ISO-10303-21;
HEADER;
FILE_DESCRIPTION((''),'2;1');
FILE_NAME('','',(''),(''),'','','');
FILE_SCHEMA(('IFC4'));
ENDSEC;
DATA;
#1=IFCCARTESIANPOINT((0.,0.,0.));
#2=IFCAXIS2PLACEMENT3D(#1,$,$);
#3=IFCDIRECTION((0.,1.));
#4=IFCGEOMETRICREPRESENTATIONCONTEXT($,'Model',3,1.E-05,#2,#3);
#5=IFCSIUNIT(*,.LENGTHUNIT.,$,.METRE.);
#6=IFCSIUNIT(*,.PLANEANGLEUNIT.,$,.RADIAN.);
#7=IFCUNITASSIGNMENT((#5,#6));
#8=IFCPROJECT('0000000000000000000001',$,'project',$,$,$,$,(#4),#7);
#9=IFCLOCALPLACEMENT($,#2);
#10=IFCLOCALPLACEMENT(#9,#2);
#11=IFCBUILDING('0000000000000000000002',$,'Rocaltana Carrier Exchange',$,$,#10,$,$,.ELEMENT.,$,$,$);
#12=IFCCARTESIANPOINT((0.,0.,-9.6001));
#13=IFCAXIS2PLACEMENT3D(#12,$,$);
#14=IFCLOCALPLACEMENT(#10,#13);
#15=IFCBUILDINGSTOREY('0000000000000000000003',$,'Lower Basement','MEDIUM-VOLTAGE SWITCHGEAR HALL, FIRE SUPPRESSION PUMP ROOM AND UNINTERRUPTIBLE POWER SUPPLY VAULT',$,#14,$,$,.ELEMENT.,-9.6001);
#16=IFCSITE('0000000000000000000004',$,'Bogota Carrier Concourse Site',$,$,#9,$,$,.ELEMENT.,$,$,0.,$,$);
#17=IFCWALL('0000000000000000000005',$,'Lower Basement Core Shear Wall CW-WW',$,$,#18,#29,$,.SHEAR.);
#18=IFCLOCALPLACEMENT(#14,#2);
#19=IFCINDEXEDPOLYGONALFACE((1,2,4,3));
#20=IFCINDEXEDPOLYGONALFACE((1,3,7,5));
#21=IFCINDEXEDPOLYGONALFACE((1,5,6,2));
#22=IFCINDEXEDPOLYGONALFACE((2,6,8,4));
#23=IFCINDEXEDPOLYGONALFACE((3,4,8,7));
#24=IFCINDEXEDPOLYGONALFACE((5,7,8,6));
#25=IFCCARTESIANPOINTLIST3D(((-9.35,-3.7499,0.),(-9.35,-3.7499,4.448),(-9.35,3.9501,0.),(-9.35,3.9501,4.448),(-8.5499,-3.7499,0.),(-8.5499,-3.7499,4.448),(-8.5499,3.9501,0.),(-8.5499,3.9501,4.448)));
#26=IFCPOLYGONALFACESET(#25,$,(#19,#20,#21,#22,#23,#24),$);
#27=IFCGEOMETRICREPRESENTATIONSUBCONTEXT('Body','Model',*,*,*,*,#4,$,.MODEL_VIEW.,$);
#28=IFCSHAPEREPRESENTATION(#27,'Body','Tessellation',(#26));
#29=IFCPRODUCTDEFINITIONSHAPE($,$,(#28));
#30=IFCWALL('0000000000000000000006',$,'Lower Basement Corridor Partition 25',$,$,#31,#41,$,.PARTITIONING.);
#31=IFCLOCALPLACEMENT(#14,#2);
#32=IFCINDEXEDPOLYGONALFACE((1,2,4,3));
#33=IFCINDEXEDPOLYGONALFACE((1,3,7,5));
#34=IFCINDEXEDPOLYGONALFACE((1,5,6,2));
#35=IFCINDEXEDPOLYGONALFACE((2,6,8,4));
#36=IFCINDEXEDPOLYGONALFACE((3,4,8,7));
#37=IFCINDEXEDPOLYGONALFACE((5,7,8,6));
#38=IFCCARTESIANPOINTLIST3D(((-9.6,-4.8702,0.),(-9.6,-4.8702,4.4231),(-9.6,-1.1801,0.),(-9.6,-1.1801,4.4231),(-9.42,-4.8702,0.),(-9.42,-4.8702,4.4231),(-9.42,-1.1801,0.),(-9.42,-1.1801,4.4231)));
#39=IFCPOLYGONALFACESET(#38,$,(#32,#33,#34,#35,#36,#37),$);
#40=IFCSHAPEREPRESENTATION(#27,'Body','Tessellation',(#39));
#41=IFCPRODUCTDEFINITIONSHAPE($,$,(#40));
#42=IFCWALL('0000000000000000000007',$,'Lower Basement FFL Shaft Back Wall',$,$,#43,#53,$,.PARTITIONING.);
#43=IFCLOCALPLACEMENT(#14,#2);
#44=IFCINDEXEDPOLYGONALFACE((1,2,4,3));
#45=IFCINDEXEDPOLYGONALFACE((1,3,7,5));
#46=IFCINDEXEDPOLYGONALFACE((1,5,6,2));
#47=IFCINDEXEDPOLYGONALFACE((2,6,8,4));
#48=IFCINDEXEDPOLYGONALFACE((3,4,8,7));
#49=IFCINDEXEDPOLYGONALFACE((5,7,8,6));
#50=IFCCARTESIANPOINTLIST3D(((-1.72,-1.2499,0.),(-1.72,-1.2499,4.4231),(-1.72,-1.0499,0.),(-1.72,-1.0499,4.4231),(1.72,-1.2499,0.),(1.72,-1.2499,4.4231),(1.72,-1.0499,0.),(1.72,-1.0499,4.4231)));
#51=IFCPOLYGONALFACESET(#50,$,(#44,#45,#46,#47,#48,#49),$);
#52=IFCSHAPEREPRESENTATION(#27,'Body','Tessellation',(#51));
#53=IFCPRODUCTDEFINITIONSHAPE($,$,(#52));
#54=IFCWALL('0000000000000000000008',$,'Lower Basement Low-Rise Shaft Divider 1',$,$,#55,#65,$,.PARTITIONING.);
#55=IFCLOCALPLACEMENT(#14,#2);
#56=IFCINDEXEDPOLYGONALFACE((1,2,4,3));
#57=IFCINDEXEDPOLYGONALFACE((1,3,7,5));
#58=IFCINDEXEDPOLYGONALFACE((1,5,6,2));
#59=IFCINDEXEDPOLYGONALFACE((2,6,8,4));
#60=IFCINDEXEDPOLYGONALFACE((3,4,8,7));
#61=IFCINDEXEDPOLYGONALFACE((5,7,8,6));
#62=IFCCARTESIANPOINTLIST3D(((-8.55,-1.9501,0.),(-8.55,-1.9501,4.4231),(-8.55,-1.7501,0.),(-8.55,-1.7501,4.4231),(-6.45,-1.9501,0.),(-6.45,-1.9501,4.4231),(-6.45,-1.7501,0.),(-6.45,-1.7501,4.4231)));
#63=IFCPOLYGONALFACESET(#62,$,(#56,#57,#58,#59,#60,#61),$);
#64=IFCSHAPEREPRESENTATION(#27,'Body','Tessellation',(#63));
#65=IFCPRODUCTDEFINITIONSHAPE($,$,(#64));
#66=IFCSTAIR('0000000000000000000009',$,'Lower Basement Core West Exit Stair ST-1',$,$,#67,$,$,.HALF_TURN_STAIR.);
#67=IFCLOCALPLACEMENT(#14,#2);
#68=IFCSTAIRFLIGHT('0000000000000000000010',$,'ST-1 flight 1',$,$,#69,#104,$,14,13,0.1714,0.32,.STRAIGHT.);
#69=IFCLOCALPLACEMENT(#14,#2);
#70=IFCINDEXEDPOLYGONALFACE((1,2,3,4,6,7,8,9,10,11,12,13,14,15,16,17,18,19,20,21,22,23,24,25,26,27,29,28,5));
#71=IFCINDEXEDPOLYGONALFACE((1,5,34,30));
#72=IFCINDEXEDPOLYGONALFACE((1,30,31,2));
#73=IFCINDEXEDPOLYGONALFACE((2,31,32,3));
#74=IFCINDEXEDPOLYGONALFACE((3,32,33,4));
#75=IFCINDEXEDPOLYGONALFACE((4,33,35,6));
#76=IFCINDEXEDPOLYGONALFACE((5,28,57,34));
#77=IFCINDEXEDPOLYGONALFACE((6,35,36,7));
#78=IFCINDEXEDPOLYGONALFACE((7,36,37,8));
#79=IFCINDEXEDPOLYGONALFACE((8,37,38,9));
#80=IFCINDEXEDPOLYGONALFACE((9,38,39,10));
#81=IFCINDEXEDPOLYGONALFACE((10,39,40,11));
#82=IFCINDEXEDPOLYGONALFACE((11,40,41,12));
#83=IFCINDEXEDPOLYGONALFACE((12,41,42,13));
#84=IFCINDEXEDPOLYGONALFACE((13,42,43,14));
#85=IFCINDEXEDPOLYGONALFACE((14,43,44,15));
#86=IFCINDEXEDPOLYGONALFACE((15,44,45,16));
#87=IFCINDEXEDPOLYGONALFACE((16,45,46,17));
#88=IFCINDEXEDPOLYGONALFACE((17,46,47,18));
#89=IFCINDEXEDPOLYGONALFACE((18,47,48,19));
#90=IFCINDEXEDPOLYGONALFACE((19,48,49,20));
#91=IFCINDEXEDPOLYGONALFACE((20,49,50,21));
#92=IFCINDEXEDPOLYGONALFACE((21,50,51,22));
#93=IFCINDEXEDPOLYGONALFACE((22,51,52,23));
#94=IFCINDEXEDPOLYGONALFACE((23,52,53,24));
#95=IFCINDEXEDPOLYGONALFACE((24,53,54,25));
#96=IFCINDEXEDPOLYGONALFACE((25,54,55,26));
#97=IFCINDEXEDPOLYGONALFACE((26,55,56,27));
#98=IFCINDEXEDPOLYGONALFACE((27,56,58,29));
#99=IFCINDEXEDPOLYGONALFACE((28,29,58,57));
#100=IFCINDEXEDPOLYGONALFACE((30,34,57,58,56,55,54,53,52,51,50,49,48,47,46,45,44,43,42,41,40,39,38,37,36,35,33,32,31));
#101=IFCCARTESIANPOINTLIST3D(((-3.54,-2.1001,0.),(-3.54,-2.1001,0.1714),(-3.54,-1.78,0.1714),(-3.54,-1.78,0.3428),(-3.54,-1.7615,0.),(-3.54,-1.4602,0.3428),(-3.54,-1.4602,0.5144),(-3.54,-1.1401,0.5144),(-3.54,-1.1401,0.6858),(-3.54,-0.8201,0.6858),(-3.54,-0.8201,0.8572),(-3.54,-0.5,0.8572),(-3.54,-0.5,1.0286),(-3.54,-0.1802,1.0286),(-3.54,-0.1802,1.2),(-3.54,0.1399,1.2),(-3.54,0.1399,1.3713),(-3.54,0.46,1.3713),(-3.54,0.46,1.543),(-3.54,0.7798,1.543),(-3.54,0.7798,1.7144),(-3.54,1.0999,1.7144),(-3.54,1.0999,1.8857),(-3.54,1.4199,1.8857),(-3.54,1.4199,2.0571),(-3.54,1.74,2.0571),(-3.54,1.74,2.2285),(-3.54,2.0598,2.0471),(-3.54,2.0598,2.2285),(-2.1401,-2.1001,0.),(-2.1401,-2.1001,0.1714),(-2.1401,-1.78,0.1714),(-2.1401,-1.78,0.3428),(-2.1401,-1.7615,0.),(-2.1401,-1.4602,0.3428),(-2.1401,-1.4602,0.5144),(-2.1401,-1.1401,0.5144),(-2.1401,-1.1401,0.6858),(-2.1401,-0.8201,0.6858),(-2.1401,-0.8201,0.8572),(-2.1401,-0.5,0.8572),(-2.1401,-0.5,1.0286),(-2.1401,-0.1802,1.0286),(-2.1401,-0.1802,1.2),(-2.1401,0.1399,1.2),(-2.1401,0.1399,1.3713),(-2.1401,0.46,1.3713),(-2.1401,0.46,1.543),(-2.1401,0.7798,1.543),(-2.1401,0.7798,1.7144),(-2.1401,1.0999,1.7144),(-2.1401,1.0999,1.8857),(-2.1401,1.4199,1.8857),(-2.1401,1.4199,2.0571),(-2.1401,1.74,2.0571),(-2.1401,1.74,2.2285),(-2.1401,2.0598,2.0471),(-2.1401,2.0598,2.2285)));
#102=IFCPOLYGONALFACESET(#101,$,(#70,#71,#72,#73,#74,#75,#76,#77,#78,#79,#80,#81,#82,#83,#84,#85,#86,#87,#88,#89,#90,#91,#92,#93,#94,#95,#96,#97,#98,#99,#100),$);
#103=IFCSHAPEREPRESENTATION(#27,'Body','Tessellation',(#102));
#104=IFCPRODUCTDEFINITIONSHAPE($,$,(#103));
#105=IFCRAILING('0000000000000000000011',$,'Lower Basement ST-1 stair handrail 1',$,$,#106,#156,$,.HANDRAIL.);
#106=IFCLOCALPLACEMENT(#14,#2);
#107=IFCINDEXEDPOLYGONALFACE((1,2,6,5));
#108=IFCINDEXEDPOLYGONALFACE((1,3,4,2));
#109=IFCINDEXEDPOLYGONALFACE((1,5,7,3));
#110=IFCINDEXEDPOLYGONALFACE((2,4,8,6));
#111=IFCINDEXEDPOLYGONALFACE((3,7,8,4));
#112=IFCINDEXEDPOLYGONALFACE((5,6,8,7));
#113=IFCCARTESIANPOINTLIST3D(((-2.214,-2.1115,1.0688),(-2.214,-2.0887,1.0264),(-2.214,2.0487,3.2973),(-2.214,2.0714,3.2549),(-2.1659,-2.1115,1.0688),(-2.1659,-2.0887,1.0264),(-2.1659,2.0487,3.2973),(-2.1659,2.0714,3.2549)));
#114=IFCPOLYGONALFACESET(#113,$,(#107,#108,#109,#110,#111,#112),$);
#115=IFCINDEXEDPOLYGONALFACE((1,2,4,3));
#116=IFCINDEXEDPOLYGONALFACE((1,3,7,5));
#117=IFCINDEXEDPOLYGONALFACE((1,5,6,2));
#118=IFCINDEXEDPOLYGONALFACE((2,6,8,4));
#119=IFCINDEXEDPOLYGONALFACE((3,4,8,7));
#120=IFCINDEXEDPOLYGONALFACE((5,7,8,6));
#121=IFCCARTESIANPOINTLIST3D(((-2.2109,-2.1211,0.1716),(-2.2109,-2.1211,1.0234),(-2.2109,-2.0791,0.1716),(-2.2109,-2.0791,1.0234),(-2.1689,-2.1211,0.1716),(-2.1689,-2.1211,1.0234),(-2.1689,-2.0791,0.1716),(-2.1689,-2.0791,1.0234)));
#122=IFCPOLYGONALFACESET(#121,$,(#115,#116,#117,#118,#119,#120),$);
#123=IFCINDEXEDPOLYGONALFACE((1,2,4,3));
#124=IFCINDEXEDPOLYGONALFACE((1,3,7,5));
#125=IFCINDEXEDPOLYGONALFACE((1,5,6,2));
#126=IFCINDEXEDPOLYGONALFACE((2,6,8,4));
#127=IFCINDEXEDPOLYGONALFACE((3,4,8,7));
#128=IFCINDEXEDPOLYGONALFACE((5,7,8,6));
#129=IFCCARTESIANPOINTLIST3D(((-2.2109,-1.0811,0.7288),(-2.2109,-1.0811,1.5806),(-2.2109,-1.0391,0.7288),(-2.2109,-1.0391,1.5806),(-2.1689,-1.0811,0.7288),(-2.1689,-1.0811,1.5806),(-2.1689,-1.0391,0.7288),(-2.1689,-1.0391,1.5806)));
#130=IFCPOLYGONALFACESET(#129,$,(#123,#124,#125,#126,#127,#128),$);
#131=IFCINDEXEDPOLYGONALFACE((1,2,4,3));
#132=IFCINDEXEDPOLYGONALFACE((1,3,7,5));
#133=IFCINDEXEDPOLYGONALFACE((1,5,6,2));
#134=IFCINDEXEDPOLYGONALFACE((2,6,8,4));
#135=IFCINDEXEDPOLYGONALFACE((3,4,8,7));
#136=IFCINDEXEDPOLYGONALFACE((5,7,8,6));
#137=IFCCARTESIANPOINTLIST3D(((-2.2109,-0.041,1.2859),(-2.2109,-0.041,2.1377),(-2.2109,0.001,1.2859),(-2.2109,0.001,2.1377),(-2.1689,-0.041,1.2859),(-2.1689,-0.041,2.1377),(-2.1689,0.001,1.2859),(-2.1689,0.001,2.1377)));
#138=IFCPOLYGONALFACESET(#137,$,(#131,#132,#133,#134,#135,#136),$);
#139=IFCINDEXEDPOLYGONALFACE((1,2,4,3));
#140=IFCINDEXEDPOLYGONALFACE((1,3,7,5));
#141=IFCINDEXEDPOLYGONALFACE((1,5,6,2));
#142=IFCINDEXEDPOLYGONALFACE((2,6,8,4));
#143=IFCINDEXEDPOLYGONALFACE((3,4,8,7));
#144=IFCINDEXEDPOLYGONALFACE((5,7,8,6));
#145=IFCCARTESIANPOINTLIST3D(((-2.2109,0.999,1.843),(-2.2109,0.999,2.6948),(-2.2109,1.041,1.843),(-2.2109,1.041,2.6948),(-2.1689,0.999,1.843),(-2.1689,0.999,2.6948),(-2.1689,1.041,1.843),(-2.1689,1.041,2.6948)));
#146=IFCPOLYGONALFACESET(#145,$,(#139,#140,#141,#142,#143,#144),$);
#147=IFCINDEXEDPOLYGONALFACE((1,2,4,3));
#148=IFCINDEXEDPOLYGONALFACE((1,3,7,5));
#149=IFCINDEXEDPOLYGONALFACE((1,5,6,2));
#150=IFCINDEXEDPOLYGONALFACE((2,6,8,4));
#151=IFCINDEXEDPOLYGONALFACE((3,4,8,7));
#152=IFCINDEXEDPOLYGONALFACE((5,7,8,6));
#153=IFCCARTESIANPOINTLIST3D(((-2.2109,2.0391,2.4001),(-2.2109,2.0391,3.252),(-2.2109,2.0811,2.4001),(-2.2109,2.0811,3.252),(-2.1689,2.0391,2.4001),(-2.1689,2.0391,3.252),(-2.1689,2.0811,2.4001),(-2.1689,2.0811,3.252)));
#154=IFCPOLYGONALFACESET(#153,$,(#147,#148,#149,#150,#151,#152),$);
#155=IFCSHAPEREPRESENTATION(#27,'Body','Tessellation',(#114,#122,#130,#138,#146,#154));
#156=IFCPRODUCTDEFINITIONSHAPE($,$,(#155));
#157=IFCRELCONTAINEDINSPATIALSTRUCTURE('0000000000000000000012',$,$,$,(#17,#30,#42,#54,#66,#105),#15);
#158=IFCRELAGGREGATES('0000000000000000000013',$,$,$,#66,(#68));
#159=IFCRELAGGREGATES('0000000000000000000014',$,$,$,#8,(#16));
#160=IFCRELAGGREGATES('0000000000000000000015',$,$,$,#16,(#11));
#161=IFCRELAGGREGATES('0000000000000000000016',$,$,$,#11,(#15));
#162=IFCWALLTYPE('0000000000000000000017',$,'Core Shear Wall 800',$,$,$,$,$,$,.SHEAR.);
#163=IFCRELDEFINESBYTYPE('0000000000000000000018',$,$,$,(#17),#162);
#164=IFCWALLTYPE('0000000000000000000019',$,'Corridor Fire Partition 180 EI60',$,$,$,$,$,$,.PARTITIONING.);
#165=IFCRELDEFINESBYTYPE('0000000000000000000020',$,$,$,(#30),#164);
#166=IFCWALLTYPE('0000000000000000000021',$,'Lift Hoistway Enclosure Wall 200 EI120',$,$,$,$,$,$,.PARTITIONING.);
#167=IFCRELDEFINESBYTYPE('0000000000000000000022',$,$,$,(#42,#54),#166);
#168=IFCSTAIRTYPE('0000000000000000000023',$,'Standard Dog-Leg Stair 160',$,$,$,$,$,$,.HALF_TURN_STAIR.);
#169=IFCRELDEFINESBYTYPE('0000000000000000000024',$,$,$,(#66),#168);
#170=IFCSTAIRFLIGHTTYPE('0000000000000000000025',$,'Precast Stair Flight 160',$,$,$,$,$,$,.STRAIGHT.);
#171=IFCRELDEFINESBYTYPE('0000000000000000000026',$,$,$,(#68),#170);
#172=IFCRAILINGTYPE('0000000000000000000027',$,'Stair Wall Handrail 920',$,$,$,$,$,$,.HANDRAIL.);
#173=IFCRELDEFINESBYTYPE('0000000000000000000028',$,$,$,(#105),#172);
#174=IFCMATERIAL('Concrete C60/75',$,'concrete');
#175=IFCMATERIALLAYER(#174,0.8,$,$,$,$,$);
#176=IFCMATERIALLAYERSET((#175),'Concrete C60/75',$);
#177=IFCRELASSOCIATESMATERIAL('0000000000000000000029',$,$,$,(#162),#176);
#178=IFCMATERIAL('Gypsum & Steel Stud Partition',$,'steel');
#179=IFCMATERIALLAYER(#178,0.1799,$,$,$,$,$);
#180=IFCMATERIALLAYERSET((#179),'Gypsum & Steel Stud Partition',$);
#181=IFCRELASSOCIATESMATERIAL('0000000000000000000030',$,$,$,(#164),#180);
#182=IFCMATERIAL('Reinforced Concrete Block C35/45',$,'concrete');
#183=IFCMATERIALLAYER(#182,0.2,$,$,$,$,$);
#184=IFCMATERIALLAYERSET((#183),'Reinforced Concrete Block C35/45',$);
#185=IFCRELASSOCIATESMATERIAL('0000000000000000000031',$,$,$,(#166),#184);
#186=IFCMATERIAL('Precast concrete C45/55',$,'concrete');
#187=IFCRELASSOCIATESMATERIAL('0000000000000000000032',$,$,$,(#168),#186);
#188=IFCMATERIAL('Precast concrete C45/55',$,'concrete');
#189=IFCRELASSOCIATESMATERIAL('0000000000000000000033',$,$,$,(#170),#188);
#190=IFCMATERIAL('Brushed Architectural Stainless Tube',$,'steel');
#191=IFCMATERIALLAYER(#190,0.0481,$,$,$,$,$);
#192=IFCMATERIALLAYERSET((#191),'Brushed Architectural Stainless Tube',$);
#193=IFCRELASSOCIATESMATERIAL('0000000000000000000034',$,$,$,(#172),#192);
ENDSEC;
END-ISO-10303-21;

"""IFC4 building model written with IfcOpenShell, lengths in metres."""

from ifc_helpers import new_model, si_unit, direction, frame, frame_2d, origin, origin_2d, place, context, subcontext, project, spatial, polyline, rectangle, outline, extrude, material, layer, layer_set, type_object, element, aggregate, save


model = new_model("IFC4")

# Units and contexts
model_context = context("Model", 3, precision=1e-05, world=origin(), true_north=direction((0.0, 1.0)))
body_context = subcontext(model_context, "Body", "Model", "MODEL_VIEW")
ifc_project = project(units=[si_unit("LENGTHUNIT", "METRE"), si_unit("PLANEANGLEUNIT", "RADIAN")], contexts=[model_context])

# Site, building, storey
site_placement = place(None, origin())
site = spatial("IfcSite", under=ifc_project, at=site_placement, Name="Bogota Carrier Concourse Site", CompositionType="ELEMENT", RefElevation=0.0)
building_placement = place(site_placement, origin())
building = spatial("IfcBuilding", under=site, at=building_placement, Name="Rocaltana Carrier Exchange", CompositionType="ELEMENT")
storey_placement = place(building_placement, frame((0.0, 0.0, -9.6001)))
storey = spatial("IfcBuildingStorey", under=building, at=storey_placement, Name="Lower Basement", Description="MEDIUM-VOLTAGE SWITCHGEAR HALL, FIRE SUPPRESSION PUMP ROOM AND UNINTERRUPTIBLE POWER SUPPLY VAULT", CompositionType="ELEMENT", Elevation=-9.6001)

# Walls
ifc_material_1 = material(Name="Concrete C60/75", Category="concrete")
ifc_layer_1 = layer(ifc_material_1, 0.8)
ifc_layer_set_1 = layer_set([ifc_layer_1], Name="Concrete C60/75")
wall_type_1 = type_object("IfcWallType", Name="Core Shear Wall 800", PredefinedType="SHEAR", material=ifc_layer_set_1)
wall_1_placement = place(storey_placement, frame((-8.95, -3.75, 0.0), z_axis=(0.0, 0.0, 1.0), x_axis=(0.0, 1.0, 0.0)))
element("IfcWall", 1, at=wall_1_placement, inside=storey, type_object=wall_type_1, Name="Lower Basement Core Shear Wall CW-WW", PredefinedType="SHEAR", context=body_context, shape_type="SweptSolid", body=[
    extrude(rectangle(XDim=7.7, YDim=0.8, at=frame_2d((3.8501, 0.0))), origin(), (0.0, 0.0, 1.0), 4.448),
])
ifc_material_2 = material(Name="Gypsum & Steel Stud Partition", Category="steel")
ifc_layer_2 = layer(ifc_material_2, 0.1799)
ifc_layer_set_2 = layer_set([ifc_layer_2], Name="Gypsum & Steel Stud Partition")
wall_type_2 = type_object("IfcWallType", Name="Corridor Fire Partition 180 EI60", PredefinedType="PARTITIONING", material=ifc_layer_set_2)
wall_2_placement = place(storey_placement, frame((-9.51, -1.1799, 0.0), z_axis=(0.0, 0.0, 1.0), x_axis=(0.0, -1.0, 0.0)))
element("IfcWall", 2, at=wall_2_placement, inside=storey, type_object=wall_type_2, Name="Lower Basement Corridor Partition 25", PredefinedType="PARTITIONING", context=body_context, shape_type="SweptSolid", body=[
    extrude(rectangle(XDim=3.6902, YDim=0.1799, at=frame_2d((1.8452, 0.0))), origin(), (0.0, 0.0, 1.0), 4.4231),
])
ifc_material_3 = material(Name="Reinforced Concrete Block C35/45", Category="concrete")
ifc_layer_3 = layer(ifc_material_3, 0.2)
ifc_layer_set_3 = layer_set([ifc_layer_3], Name="Reinforced Concrete Block C35/45")
wall_type_3 = type_object("IfcWallType", Name="Lift Hoistway Enclosure Wall 200 EI120", PredefinedType="PARTITIONING", material=ifc_layer_set_3)
wall_3_placement = place(storey_placement, frame((-1.72, -1.1499, 0.0), z_axis=(0.0, 0.0, 1.0), x_axis=(1.0, 0.0, 0.0)))
element("IfcWall", 3, at=wall_3_placement, inside=storey, type_object=wall_type_3, Name="Lower Basement FFL Shaft Back Wall", PredefinedType="PARTITIONING", context=body_context, shape_type="SweptSolid", body=[
    extrude(rectangle(XDim=3.4399, YDim=0.2, at=frame_2d((1.72, 0.0))), origin(), (0.0, 0.0, 1.0), 4.4231),
])
wall_4_placement = place(storey_placement, frame((-8.55, -1.8501, 0.0), z_axis=(0.0, 0.0, 1.0), x_axis=(1.0, 0.0, 0.0)))
element("IfcWall", 4, at=wall_4_placement, inside=storey, type_object=wall_type_3, Name="Lower Basement Low-Rise Shaft Divider 1", PredefinedType="PARTITIONING", context=body_context, shape_type="SweptSolid", body=[
    extrude(rectangle(XDim=2.1001, YDim=0.2, at=frame_2d((1.05, 0.0))), origin(), (0.0, 0.0, 1.0), 4.4231),
])

# Stair, stair flight
ifc_material_4 = material(Name="Precast concrete C45/55", Category="concrete")
stair_type = type_object("IfcStairType", Name="Standard Dog-Leg Stair 160", PredefinedType="HALF_TURN_STAIR", material=ifc_material_4)
stair_placement = place(storey_placement, origin())
stair = element("IfcStair", 5, at=stair_placement, inside=storey, type_object=stair_type, Name="Lower Basement Core West Exit Stair ST-1", PredefinedType="HALF_TURN_STAIR")
ifc_material_5 = material(Name="Precast concrete C45/55", Category="concrete")
stair_flight_type = type_object("IfcStairFlightType", Name="Precast Stair Flight 160", PredefinedType="STRAIGHT", material=ifc_material_5)
stair_flight_placement = place(storey_placement, frame((-2.8401, -2.1001, 0.0), z_axis=(0.0, 0.0, 1.0), x_axis=(0.0, 1.0, 0.0)))
stair_flight = element("IfcStairFlight", 6, at=stair_flight_placement, type_object=stair_flight_type, Name="ST-1 flight 1", NumberOfRisers=14, NumberOfTreads=13, PredefinedType="STRAIGHT", RiserHeight=0.1714, TreadLength=0.32, context=body_context, shape_type="SweptSolid", body=[
    extrude(outline(polyline([(0.0, 0.0), (0.0, 0.1714), (0.3201, 0.1714), (0.3201, 0.3428), (0.6399, 0.3428), (0.6399, 0.5144), (0.96, 0.5144), (0.96, 0.6858), (1.28, 0.6858), (1.28, 0.8572), (1.6001, 0.8572), (1.6001, 1.0286), (1.9199, 1.0286), (1.9199, 1.2), (2.24, 1.2), (2.24, 1.3713), (2.5601, 1.3713), (2.5601, 1.543), (2.8799, 1.543), (2.8799, 1.7144), (3.2, 1.7144), (3.2, 1.8857), (3.52, 1.8857), (3.52, 2.0571), (3.8401, 2.0571), (3.8401, 2.2285), (4.1599, 2.2285), (4.1599, 2.3999), (4.1599, 2.0471), (0.3386, 0.0), (0.0, 0.0)])), frame((0.0, 0.7, 0.0), z_axis=(0.0, -1.0, 0.0), x_axis=(1.0, 0.0, 0.0)), (0.0, 0.0, 1.0), 1.3999),
])
aggregate(stair, [stair_flight])

# Railing
ifc_material_6 = material(Name="Brushed Architectural Stainless Tube", Category="steel")
ifc_layer_4 = layer(ifc_material_6, 0.0481)
ifc_layer_set_4 = layer_set([ifc_layer_4], Name="Brushed Architectural Stainless Tube")
railing_type_1 = type_object("IfcRailingType", Name="Stair Wall Handrail 920", PredefinedType="HANDRAIL", material=ifc_layer_set_4)
railing_1_placement = place(storey_placement, frame((-2.1899, -2.1001, 0.1716)))
element("IfcRailing", 7, at=railing_1_placement, inside=storey, type_object=railing_type_1, Name="Lower Basement ST-1 stair handrail 1", PredefinedType="HANDRAIL", context=body_context, shape_type="SweptSolid", body=[
    extrude(rectangle(XDim=0.0481, YDim=0.0481, at=origin_2d()), frame((0.0, 0.0, 0.876), z_axis=(0.0, 0.881492, 0.472198), x_axis=(-1.0, 0.0, 0.0)), (0.0, 0.0, 1.0), 4.7195),
    extrude(rectangle(XDim=0.042, YDim=0.042, at=origin_2d()), origin(), (0.0, 0.0, 1.0), 0.8518),
    extrude(rectangle(XDim=0.042, YDim=0.042, at=origin_2d()), frame((0.0, 1.04, 0.5571)), (0.0, 0.0, 1.0), 0.8518),
    extrude(rectangle(XDim=0.042, YDim=0.042, at=origin_2d()), frame((0.0, 2.0801, 1.1143)), (0.0, 0.0, 1.0), 0.8518),
    extrude(rectangle(XDim=0.042, YDim=0.042, at=origin_2d()), frame((0.0, 3.1201, 1.6714)), (0.0, 0.0, 1.0), 0.8518),
    extrude(rectangle(XDim=0.042, YDim=0.042, at=origin_2d()), frame((0.0, 4.1602, 2.2285)), (0.0, 0.0, 1.0), 0.8518),
])

save(model, "model.ifc")
